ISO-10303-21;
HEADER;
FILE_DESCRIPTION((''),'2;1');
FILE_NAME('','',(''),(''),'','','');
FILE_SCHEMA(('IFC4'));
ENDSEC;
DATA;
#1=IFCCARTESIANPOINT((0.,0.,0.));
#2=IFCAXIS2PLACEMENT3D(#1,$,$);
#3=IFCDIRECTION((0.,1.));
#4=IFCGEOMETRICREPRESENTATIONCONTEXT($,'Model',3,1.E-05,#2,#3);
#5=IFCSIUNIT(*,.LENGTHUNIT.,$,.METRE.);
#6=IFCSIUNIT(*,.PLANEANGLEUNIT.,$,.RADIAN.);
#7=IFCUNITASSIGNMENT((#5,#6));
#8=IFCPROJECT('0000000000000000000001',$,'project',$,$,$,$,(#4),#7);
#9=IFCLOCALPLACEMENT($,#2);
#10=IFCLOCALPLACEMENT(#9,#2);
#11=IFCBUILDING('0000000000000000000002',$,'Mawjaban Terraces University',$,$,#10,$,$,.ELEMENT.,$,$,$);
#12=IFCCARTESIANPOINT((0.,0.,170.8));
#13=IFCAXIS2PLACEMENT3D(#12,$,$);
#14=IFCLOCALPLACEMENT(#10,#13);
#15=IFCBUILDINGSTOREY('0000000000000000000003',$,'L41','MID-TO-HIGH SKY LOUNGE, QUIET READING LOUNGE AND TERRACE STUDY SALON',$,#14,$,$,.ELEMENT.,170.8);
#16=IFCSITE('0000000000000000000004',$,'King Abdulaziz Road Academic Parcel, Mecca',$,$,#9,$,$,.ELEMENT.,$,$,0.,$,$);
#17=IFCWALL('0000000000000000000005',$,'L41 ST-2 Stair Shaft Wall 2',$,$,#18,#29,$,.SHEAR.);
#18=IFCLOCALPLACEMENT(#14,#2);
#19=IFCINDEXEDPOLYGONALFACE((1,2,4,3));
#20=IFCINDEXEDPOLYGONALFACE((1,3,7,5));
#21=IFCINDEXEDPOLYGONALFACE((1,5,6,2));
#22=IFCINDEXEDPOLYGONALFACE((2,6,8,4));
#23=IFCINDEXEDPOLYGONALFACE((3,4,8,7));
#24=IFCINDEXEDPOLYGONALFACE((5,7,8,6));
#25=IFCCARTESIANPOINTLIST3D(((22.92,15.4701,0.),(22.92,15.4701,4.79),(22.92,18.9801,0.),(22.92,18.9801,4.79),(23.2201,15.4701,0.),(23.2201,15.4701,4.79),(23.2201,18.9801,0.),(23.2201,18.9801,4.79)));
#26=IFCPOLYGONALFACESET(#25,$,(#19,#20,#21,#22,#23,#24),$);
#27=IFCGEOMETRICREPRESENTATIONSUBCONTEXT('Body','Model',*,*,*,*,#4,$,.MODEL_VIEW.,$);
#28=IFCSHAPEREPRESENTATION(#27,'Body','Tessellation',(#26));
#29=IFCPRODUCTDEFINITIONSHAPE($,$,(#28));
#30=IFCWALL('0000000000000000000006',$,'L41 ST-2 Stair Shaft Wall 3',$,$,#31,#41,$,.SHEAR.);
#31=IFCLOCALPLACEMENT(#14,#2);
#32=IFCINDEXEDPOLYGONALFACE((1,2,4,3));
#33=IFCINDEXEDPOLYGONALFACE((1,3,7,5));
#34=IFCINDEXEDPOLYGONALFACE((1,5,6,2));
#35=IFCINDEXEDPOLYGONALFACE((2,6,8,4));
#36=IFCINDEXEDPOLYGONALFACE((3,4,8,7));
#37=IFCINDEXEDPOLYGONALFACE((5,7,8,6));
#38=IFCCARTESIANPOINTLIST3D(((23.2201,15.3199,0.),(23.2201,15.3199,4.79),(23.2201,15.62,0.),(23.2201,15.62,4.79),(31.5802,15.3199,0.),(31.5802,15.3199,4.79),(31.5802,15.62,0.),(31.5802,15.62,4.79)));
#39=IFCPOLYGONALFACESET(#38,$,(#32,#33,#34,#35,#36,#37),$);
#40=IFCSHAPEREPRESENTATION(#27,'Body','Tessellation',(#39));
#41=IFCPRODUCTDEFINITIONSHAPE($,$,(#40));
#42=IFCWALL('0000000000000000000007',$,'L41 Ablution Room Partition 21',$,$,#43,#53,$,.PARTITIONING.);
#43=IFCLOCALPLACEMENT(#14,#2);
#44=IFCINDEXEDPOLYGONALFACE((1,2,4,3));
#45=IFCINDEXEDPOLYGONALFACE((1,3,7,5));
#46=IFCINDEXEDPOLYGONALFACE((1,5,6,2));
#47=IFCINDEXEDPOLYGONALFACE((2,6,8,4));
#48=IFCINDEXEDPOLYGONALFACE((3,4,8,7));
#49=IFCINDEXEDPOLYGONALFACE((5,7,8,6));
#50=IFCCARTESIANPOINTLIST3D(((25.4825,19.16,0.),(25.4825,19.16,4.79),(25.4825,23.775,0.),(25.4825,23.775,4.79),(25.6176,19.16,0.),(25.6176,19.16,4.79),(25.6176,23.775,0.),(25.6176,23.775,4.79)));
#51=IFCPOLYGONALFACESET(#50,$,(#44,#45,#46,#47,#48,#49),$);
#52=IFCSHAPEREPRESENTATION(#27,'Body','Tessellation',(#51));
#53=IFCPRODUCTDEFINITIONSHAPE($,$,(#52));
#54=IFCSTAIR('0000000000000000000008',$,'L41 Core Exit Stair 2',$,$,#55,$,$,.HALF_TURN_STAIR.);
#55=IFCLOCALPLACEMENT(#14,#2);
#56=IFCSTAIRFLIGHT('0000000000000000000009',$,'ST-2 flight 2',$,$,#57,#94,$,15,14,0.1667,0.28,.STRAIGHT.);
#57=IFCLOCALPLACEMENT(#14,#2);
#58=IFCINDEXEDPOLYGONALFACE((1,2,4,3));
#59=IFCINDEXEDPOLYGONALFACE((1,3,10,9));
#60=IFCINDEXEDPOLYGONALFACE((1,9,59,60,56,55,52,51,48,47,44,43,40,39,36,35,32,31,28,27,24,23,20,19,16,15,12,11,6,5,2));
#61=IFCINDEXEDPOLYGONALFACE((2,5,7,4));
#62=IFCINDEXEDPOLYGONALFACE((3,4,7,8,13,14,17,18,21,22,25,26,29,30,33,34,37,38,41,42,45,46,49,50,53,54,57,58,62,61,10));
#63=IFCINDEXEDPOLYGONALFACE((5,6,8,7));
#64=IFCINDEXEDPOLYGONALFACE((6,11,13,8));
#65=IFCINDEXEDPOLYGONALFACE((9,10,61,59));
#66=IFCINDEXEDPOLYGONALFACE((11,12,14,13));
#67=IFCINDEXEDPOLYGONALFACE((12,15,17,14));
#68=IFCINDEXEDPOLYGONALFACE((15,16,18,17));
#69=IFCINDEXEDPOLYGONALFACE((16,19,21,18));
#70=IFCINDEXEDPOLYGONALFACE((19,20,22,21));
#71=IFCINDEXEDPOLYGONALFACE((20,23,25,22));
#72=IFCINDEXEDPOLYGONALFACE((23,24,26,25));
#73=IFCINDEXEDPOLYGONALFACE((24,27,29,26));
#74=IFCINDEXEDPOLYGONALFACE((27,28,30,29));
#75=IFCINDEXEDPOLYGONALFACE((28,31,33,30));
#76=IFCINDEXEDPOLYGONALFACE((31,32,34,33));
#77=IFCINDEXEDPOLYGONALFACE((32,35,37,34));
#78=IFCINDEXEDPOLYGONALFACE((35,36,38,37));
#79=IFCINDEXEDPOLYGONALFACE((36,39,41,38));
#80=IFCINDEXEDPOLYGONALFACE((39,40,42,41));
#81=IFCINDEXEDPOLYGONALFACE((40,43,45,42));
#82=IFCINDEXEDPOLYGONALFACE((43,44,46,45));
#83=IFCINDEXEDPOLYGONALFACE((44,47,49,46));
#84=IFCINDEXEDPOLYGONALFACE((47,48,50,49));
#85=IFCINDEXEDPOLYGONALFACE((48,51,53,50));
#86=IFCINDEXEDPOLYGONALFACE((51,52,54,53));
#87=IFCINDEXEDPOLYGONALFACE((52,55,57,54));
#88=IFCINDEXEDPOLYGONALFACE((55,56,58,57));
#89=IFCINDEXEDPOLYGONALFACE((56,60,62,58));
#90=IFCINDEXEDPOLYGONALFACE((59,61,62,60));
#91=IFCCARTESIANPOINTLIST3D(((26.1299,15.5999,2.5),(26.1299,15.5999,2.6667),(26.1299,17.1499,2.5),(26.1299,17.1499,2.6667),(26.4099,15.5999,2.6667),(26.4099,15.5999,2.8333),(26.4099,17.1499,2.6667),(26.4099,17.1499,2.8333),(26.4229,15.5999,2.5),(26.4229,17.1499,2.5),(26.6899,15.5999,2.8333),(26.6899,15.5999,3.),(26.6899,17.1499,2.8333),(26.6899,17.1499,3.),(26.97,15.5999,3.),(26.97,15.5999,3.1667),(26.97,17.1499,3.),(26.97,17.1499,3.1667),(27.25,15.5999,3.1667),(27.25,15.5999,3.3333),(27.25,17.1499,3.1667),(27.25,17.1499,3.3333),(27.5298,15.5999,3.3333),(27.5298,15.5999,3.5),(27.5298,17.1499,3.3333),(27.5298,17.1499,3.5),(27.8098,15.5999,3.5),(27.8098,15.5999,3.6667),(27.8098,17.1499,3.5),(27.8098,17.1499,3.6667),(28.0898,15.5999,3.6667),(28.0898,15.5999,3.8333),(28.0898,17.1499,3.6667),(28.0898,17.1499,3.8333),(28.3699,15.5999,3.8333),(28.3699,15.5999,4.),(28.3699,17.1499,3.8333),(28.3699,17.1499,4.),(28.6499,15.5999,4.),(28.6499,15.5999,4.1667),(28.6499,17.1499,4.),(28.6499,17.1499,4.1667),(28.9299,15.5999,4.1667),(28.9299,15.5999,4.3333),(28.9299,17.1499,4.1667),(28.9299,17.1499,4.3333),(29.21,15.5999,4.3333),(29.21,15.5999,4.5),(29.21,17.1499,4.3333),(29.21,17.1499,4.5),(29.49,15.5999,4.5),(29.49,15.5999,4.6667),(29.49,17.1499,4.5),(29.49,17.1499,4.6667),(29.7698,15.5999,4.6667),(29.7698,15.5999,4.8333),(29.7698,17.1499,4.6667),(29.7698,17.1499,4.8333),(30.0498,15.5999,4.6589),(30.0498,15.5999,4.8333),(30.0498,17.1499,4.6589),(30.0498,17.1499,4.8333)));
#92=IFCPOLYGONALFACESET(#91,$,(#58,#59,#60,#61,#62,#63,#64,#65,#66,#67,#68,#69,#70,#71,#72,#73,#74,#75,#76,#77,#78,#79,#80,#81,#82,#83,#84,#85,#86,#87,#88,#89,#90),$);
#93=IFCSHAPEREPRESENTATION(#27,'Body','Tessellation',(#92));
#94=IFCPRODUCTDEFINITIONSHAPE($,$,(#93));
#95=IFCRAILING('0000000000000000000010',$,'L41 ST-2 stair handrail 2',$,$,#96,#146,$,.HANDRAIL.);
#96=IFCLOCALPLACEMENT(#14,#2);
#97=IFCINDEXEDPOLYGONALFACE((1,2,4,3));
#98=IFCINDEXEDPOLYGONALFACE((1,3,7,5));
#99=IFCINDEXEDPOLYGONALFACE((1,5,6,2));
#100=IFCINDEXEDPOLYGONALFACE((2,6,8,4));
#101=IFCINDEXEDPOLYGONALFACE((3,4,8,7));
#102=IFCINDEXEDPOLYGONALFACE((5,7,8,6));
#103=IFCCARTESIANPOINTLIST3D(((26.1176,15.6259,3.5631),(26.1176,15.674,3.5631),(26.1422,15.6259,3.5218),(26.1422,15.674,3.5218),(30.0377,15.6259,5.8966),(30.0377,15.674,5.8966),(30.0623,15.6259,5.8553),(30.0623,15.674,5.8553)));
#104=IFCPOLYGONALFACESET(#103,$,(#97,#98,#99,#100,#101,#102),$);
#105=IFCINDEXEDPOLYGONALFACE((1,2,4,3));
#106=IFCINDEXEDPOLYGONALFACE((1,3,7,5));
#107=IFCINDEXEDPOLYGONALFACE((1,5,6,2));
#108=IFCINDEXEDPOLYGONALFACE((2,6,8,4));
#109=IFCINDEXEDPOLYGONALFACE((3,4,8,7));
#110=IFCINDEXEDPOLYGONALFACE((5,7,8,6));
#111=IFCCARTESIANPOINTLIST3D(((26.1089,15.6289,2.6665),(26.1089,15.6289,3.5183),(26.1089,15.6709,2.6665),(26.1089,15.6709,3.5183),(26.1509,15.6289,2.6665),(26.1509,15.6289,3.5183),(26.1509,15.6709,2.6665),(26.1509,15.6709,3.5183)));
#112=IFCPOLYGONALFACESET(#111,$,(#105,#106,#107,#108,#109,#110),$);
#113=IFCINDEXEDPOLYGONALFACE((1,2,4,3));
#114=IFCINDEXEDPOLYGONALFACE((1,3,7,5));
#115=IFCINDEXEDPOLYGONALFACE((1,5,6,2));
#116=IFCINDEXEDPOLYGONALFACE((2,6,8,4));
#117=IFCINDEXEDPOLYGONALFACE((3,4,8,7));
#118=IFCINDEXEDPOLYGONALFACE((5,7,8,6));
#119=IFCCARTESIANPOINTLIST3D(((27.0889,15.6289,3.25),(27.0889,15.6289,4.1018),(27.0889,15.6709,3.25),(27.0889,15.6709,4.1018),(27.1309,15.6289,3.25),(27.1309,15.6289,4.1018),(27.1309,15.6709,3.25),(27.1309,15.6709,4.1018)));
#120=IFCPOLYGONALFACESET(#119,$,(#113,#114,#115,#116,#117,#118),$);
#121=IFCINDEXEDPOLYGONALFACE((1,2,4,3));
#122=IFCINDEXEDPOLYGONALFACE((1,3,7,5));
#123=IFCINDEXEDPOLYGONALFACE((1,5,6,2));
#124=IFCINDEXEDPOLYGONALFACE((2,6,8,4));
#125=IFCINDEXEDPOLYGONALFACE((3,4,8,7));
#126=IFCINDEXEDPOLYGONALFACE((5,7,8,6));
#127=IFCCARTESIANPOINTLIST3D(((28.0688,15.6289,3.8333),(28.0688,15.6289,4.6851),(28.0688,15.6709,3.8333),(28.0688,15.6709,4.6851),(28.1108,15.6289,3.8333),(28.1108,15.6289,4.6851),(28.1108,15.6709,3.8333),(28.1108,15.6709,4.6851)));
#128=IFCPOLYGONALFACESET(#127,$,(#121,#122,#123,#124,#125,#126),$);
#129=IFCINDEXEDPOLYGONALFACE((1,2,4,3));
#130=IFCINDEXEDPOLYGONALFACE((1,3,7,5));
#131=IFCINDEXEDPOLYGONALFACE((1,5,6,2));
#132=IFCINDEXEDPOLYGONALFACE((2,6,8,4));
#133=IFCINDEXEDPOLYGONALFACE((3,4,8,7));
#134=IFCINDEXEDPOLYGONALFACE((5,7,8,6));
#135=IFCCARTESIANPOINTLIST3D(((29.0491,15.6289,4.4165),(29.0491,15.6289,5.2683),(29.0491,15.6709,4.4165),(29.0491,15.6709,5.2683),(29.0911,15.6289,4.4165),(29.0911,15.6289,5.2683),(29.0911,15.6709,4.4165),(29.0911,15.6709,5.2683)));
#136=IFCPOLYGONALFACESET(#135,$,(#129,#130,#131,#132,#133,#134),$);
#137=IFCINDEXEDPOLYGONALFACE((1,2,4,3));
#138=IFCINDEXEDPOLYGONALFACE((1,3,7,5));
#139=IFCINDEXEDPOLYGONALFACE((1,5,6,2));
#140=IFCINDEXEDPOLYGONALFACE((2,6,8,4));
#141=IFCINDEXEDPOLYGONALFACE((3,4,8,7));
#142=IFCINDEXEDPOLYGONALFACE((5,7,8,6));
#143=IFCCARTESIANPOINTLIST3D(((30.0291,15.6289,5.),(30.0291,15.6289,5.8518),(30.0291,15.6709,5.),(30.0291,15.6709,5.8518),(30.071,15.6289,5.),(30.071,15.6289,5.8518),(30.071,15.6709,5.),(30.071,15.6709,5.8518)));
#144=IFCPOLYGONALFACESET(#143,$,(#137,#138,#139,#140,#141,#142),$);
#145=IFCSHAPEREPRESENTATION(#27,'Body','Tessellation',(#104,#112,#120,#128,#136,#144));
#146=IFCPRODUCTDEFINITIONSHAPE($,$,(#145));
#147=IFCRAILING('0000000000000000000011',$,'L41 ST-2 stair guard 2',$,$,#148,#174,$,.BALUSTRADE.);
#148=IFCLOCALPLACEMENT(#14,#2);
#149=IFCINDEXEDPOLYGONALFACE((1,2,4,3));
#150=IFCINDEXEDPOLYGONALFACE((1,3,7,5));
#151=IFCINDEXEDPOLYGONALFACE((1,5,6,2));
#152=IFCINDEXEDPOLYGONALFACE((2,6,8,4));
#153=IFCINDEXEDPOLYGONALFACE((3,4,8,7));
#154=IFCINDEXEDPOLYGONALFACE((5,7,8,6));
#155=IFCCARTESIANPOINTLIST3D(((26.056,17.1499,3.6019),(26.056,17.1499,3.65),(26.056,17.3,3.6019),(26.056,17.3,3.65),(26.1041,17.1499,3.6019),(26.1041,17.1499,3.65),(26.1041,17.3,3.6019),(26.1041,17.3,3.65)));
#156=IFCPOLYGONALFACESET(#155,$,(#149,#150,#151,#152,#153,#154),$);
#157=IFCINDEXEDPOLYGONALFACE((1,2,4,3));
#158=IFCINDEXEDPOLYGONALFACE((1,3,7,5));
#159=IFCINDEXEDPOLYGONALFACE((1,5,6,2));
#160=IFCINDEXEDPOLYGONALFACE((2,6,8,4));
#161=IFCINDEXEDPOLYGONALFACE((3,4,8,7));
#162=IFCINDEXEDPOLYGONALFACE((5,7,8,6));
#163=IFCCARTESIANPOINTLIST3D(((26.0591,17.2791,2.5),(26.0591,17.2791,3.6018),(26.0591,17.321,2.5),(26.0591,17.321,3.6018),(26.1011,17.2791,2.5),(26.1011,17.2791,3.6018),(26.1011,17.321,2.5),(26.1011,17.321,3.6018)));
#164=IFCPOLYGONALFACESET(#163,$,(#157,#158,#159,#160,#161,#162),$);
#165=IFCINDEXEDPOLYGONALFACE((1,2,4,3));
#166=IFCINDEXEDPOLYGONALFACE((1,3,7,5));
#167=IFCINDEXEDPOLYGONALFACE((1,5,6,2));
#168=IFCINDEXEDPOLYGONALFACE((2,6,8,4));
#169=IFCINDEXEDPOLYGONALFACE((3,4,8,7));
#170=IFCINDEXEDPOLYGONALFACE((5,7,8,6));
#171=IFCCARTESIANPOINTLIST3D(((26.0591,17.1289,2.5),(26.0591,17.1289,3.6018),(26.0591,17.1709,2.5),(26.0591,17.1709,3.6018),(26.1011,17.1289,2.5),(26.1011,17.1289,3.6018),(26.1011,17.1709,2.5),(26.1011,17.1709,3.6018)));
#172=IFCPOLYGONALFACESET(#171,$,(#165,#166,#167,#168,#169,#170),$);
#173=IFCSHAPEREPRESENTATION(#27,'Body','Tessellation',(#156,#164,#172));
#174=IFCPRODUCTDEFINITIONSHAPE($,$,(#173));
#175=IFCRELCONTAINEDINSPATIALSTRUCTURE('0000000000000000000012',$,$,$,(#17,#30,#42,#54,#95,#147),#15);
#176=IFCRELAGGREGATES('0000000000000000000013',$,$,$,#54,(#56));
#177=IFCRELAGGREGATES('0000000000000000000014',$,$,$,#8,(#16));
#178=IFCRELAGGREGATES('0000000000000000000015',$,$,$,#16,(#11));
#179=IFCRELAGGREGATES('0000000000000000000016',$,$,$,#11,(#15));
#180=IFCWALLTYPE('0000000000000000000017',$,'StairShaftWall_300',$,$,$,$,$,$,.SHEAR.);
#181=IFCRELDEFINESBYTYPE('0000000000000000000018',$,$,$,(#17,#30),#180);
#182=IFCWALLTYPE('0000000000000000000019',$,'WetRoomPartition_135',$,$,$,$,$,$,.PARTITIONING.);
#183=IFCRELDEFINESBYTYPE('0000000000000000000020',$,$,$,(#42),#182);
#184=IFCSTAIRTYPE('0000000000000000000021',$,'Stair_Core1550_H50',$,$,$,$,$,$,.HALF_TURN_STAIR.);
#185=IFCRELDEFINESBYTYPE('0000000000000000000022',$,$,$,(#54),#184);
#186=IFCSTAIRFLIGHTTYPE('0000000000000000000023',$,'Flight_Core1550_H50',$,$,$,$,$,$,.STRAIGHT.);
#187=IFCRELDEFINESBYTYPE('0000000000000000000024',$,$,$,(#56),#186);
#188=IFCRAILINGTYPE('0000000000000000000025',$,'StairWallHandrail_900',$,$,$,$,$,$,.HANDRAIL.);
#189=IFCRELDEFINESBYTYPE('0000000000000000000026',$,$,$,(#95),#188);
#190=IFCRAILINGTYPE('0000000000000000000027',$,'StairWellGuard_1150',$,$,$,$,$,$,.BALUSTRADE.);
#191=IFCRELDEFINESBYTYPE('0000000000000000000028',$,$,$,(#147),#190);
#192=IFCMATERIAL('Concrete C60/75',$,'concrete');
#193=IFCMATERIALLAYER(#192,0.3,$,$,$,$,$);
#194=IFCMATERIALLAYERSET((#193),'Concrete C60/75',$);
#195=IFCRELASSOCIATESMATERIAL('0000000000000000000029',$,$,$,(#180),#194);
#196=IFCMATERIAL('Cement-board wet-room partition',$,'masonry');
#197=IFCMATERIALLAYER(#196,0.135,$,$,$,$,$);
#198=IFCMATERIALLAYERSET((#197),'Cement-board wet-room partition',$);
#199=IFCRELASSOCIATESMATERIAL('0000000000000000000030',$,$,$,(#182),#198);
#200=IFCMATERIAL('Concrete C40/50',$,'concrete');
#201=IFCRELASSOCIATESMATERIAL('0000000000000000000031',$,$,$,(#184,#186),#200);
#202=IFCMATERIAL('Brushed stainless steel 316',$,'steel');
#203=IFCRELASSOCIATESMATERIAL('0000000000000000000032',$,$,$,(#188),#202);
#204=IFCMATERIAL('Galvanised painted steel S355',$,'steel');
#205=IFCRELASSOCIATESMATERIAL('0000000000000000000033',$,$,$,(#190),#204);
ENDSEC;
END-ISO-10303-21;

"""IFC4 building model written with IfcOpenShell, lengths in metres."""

from ifc_helpers import new_model, si_unit, direction, frame, frame_2d, origin, origin_2d, place, context, subcontext, project, spatial, polyline, rectangle, outline, extrude, material, layer, layer_set, type_object, element, aggregate, save


model = new_model("IFC4")

# Units and contexts
model_context = context("Model", 3, precision=1e-05, world=origin(), true_north=direction((0.0, 1.0)))
body_context = subcontext(model_context, "Body", "Model", "MODEL_VIEW")
ifc_project = project(units=[si_unit("LENGTHUNIT", "METRE"), si_unit("PLANEANGLEUNIT", "RADIAN")], contexts=[model_context])

# Site, building, storey
site_placement = place(None, origin())
site = spatial("IfcSite", under=ifc_project, at=site_placement, Name="King Abdulaziz Road Academic Parcel, Mecca", CompositionType="ELEMENT", RefElevation=0.0)
building_placement = place(site_placement, origin())
building = spatial("IfcBuilding", under=site, at=building_placement, Name="Mawjaban Terraces University", CompositionType="ELEMENT")
storey_placement = place(building_placement, frame((0.0, 0.0, 170.8)))
storey = spatial("IfcBuildingStorey", under=building, at=storey_placement, Name="L41", Description="MID-TO-HIGH SKY LOUNGE, QUIET READING LOUNGE AND TERRACE STUDY SALON", CompositionType="ELEMENT", Elevation=170.8)

# Shared definitions
ifc_material_1 = material(Name="Concrete C60/75", Category="concrete")

# Shared definitions
ifc_material_2 = material(Name="Concrete C40/50", Category="concrete")

# Walls
ifc_layer_1 = layer(ifc_material_1, 0.3)
ifc_layer_set_1 = layer_set([ifc_layer_1], Name="Concrete C60/75")
wall_type_1 = type_object("IfcWallType", Name="StairShaftWall_300", PredefinedType="SHEAR", material=ifc_layer_set_1)
wall_1_placement = place(storey_placement, frame((23.0701, 18.98, 0.0), z_axis=(0.0, 0.0, 1.0), x_axis=(0.0, -1.0, 0.0)))
element("IfcWall", 1, at=wall_1_placement, inside=storey, type_object=wall_type_1, Name="L41 ST-2 Stair Shaft Wall 2", PredefinedType="SHEAR", context=body_context, shape_type="SweptSolid", body=[
    extrude(rectangle(XDim=3.51, YDim=0.3, at=frame_2d((1.7549, 0.0))), origin(), (0.0, 0.0, 1.0), 4.79),
])
wall_2_placement = place(storey_placement, frame((23.22, 15.47, 0.0), z_axis=(0.0, 0.0, 1.0), x_axis=(1.0, 0.0, 0.0)))
element("IfcWall", 2, at=wall_2_placement, inside=storey, type_object=wall_type_1, Name="L41 ST-2 Stair Shaft Wall 3", PredefinedType="SHEAR", context=body_context, shape_type="SweptSolid", body=[
    extrude(rectangle(XDim=8.3601, YDim=0.3, at=frame_2d((4.1802, 0.0))), origin(), (0.0, 0.0, 1.0), 4.79),
])
ifc_material_3 = material(Name="Cement-board wet-room partition", Category="masonry")
ifc_layer_2 = layer(ifc_material_3, 0.135)
ifc_layer_set_2 = layer_set([ifc_layer_2], Name="Cement-board wet-room partition")
wall_type_2 = type_object("IfcWallType", Name="WetRoomPartition_135", PredefinedType="PARTITIONING", material=ifc_layer_set_2)
wall_3_placement = place(storey_placement, frame((25.55, 19.1599, 0.0), z_axis=(0.0, 0.0, 1.0), x_axis=(0.0, 1.0, 0.0)))
element("IfcWall", 3, at=wall_3_placement, inside=storey, type_object=wall_type_2, Name="L41 Ablution Room Partition 21", PredefinedType="PARTITIONING", context=body_context, shape_type="SweptSolid", body=[
    extrude(rectangle(XDim=4.615, YDim=0.135, at=frame_2d((2.3076, 0.0))), origin(), (0.0, 0.0, 1.0), 4.79),
])

# Stair, stair flight
stair_type = type_object("IfcStairType", Name="Stair_Core1550_H50", PredefinedType="HALF_TURN_STAIR", material=ifc_material_2)
stair_placement = place(storey_placement, origin())
stair = element("IfcStair", 4, at=stair_placement, inside=storey, type_object=stair_type, Name="L41 Core Exit Stair 2", PredefinedType="HALF_TURN_STAIR")
stair_flight_type = type_object("IfcStairFlightType", Name="Flight_Core1550_H50", PredefinedType="STRAIGHT", material=ifc_material_2)
stair_flight_placement = place(storey_placement, frame((26.1299, 16.375, 2.5), z_axis=(0.0, 0.0, 1.0), x_axis=(1.0, 0.0, 0.0)))
stair_flight = element("IfcStairFlight", 5, at=stair_flight_placement, type_object=stair_flight_type, Name="ST-2 flight 2", NumberOfRisers=15, NumberOfTreads=14, PredefinedType="STRAIGHT", RiserHeight=0.1667, TreadLength=0.28, context=body_context, shape_type="SweptSolid", body=[
    extrude(outline(polyline([(0.0, 0.0), (0.0, 0.1667), (0.28, 0.1667), (0.28, 0.3333), (0.5601, 0.3333), (0.5601, 0.5), (0.8401, 0.5), (0.8401, 0.6667), (1.1201, 0.6667), (1.1201, 0.8333), (1.3999, 0.8333), (1.3999, 1.0), (1.6799, 1.0), (1.6799, 1.1667), (1.96, 1.1667), (1.96, 1.3333), (2.24, 1.3333), (2.24, 1.5), (2.52, 1.5), (2.52, 1.6667), (2.8, 1.6667), (2.8, 1.8333), (3.0801, 1.8333), (3.0801, 2.0), (3.3601, 2.0), (3.3601, 2.1667), (3.6399, 2.1667), (3.6399, 2.3333), (3.9199, 2.3333), (3.9199, 2.5), (3.9199, 2.1589), (0.293, 0.0), (0.0, 0.0)])), frame((0.0, 0.7749, 0.0), z_axis=(0.0, -1.0, 0.0), x_axis=(1.0, 0.0, 0.0)), (0.0, 0.0, 1.0), 1.55),
])
aggregate(stair, [stair_flight])

# Railings
ifc_material_4 = material(Name="Brushed stainless steel 316", Category="steel")
railing_type_1 = type_object("IfcRailingType", Name="StairWallHandrail_900", PredefinedType="HANDRAIL", material=ifc_material_4)
railing_1_placement = place(storey_placement, frame((26.1299, 15.6499, 2.6665)))
element("IfcRailing", 6, at=railing_1_placement, inside=storey, type_object=railing_type_1, Name="L41 ST-2 stair handrail 2", PredefinedType="HANDRAIL", context=body_context, shape_type="SweptSolid", body=[
    extrude(rectangle(XDim=0.0481, YDim=0.0481, at=origin_2d()), frame((0.0, 0.0, 0.876), z_axis=(0.859287, 0.0, 0.511494), x_axis=(0.0, 1.0, 0.0)), (0.0, 0.0, 1.0), 4.562),
    extrude(rectangle(XDim=0.042, YDim=0.042, at=origin_2d()), origin(), (0.0, 0.0, 1.0), 0.8518),
    extrude(rectangle(XDim=0.042, YDim=0.042, at=origin_2d()), frame((0.98, 0.0, 0.5835)), (0.0, 0.0, 1.0), 0.8518),
    extrude(rectangle(XDim=0.042, YDim=0.042, at=origin_2d()), frame((1.96, 0.0, 1.1667)), (0.0, 0.0, 1.0), 0.8518),
    extrude(rectangle(XDim=0.042, YDim=0.042, at=origin_2d()), frame((2.9402, 0.0, 1.75)), (0.0, 0.0, 1.0), 0.8518),
    extrude(rectangle(XDim=0.042, YDim=0.042, at=origin_2d()), frame((3.9202, 0.0, 2.3335)), (0.0, 0.0, 1.0), 0.8518),
])
ifc_material_5 = material(Name="Galvanised painted steel S355", Category="steel")
railing_type_2 = type_object("IfcRailingType", Name="StairWellGuard_1150", PredefinedType="BALUSTRADE", material=ifc_material_5)
railing_2_placement = place(storey_placement, frame((26.0801, 17.3, 2.5)))
element("IfcRailing", 7, at=railing_2_placement, inside=storey, type_object=railing_type_2, Name="L41 ST-2 stair guard 2", PredefinedType="BALUSTRADE", context=body_context, shape_type="SweptSolid", body=[
    extrude(rectangle(XDim=0.0481, YDim=0.0481, at=origin_2d()), frame((0.0, 0.0, 1.126), z_axis=(0.0, -1.0, 0.0), x_axis=(1.0, 0.0, 0.0)), (0.0, 0.0, 1.0), 0.1501),
    extrude(rectangle(XDim=0.042, YDim=0.042, at=origin_2d()), origin(), (0.0, 0.0, 1.0), 1.1018),
    extrude(rectangle(XDim=0.042, YDim=0.042, at=origin_2d()), frame((0.0, -0.1501, 0.0)), (0.0, 0.0, 1.0), 1.1018),
])

save(model, "model.ifc")
